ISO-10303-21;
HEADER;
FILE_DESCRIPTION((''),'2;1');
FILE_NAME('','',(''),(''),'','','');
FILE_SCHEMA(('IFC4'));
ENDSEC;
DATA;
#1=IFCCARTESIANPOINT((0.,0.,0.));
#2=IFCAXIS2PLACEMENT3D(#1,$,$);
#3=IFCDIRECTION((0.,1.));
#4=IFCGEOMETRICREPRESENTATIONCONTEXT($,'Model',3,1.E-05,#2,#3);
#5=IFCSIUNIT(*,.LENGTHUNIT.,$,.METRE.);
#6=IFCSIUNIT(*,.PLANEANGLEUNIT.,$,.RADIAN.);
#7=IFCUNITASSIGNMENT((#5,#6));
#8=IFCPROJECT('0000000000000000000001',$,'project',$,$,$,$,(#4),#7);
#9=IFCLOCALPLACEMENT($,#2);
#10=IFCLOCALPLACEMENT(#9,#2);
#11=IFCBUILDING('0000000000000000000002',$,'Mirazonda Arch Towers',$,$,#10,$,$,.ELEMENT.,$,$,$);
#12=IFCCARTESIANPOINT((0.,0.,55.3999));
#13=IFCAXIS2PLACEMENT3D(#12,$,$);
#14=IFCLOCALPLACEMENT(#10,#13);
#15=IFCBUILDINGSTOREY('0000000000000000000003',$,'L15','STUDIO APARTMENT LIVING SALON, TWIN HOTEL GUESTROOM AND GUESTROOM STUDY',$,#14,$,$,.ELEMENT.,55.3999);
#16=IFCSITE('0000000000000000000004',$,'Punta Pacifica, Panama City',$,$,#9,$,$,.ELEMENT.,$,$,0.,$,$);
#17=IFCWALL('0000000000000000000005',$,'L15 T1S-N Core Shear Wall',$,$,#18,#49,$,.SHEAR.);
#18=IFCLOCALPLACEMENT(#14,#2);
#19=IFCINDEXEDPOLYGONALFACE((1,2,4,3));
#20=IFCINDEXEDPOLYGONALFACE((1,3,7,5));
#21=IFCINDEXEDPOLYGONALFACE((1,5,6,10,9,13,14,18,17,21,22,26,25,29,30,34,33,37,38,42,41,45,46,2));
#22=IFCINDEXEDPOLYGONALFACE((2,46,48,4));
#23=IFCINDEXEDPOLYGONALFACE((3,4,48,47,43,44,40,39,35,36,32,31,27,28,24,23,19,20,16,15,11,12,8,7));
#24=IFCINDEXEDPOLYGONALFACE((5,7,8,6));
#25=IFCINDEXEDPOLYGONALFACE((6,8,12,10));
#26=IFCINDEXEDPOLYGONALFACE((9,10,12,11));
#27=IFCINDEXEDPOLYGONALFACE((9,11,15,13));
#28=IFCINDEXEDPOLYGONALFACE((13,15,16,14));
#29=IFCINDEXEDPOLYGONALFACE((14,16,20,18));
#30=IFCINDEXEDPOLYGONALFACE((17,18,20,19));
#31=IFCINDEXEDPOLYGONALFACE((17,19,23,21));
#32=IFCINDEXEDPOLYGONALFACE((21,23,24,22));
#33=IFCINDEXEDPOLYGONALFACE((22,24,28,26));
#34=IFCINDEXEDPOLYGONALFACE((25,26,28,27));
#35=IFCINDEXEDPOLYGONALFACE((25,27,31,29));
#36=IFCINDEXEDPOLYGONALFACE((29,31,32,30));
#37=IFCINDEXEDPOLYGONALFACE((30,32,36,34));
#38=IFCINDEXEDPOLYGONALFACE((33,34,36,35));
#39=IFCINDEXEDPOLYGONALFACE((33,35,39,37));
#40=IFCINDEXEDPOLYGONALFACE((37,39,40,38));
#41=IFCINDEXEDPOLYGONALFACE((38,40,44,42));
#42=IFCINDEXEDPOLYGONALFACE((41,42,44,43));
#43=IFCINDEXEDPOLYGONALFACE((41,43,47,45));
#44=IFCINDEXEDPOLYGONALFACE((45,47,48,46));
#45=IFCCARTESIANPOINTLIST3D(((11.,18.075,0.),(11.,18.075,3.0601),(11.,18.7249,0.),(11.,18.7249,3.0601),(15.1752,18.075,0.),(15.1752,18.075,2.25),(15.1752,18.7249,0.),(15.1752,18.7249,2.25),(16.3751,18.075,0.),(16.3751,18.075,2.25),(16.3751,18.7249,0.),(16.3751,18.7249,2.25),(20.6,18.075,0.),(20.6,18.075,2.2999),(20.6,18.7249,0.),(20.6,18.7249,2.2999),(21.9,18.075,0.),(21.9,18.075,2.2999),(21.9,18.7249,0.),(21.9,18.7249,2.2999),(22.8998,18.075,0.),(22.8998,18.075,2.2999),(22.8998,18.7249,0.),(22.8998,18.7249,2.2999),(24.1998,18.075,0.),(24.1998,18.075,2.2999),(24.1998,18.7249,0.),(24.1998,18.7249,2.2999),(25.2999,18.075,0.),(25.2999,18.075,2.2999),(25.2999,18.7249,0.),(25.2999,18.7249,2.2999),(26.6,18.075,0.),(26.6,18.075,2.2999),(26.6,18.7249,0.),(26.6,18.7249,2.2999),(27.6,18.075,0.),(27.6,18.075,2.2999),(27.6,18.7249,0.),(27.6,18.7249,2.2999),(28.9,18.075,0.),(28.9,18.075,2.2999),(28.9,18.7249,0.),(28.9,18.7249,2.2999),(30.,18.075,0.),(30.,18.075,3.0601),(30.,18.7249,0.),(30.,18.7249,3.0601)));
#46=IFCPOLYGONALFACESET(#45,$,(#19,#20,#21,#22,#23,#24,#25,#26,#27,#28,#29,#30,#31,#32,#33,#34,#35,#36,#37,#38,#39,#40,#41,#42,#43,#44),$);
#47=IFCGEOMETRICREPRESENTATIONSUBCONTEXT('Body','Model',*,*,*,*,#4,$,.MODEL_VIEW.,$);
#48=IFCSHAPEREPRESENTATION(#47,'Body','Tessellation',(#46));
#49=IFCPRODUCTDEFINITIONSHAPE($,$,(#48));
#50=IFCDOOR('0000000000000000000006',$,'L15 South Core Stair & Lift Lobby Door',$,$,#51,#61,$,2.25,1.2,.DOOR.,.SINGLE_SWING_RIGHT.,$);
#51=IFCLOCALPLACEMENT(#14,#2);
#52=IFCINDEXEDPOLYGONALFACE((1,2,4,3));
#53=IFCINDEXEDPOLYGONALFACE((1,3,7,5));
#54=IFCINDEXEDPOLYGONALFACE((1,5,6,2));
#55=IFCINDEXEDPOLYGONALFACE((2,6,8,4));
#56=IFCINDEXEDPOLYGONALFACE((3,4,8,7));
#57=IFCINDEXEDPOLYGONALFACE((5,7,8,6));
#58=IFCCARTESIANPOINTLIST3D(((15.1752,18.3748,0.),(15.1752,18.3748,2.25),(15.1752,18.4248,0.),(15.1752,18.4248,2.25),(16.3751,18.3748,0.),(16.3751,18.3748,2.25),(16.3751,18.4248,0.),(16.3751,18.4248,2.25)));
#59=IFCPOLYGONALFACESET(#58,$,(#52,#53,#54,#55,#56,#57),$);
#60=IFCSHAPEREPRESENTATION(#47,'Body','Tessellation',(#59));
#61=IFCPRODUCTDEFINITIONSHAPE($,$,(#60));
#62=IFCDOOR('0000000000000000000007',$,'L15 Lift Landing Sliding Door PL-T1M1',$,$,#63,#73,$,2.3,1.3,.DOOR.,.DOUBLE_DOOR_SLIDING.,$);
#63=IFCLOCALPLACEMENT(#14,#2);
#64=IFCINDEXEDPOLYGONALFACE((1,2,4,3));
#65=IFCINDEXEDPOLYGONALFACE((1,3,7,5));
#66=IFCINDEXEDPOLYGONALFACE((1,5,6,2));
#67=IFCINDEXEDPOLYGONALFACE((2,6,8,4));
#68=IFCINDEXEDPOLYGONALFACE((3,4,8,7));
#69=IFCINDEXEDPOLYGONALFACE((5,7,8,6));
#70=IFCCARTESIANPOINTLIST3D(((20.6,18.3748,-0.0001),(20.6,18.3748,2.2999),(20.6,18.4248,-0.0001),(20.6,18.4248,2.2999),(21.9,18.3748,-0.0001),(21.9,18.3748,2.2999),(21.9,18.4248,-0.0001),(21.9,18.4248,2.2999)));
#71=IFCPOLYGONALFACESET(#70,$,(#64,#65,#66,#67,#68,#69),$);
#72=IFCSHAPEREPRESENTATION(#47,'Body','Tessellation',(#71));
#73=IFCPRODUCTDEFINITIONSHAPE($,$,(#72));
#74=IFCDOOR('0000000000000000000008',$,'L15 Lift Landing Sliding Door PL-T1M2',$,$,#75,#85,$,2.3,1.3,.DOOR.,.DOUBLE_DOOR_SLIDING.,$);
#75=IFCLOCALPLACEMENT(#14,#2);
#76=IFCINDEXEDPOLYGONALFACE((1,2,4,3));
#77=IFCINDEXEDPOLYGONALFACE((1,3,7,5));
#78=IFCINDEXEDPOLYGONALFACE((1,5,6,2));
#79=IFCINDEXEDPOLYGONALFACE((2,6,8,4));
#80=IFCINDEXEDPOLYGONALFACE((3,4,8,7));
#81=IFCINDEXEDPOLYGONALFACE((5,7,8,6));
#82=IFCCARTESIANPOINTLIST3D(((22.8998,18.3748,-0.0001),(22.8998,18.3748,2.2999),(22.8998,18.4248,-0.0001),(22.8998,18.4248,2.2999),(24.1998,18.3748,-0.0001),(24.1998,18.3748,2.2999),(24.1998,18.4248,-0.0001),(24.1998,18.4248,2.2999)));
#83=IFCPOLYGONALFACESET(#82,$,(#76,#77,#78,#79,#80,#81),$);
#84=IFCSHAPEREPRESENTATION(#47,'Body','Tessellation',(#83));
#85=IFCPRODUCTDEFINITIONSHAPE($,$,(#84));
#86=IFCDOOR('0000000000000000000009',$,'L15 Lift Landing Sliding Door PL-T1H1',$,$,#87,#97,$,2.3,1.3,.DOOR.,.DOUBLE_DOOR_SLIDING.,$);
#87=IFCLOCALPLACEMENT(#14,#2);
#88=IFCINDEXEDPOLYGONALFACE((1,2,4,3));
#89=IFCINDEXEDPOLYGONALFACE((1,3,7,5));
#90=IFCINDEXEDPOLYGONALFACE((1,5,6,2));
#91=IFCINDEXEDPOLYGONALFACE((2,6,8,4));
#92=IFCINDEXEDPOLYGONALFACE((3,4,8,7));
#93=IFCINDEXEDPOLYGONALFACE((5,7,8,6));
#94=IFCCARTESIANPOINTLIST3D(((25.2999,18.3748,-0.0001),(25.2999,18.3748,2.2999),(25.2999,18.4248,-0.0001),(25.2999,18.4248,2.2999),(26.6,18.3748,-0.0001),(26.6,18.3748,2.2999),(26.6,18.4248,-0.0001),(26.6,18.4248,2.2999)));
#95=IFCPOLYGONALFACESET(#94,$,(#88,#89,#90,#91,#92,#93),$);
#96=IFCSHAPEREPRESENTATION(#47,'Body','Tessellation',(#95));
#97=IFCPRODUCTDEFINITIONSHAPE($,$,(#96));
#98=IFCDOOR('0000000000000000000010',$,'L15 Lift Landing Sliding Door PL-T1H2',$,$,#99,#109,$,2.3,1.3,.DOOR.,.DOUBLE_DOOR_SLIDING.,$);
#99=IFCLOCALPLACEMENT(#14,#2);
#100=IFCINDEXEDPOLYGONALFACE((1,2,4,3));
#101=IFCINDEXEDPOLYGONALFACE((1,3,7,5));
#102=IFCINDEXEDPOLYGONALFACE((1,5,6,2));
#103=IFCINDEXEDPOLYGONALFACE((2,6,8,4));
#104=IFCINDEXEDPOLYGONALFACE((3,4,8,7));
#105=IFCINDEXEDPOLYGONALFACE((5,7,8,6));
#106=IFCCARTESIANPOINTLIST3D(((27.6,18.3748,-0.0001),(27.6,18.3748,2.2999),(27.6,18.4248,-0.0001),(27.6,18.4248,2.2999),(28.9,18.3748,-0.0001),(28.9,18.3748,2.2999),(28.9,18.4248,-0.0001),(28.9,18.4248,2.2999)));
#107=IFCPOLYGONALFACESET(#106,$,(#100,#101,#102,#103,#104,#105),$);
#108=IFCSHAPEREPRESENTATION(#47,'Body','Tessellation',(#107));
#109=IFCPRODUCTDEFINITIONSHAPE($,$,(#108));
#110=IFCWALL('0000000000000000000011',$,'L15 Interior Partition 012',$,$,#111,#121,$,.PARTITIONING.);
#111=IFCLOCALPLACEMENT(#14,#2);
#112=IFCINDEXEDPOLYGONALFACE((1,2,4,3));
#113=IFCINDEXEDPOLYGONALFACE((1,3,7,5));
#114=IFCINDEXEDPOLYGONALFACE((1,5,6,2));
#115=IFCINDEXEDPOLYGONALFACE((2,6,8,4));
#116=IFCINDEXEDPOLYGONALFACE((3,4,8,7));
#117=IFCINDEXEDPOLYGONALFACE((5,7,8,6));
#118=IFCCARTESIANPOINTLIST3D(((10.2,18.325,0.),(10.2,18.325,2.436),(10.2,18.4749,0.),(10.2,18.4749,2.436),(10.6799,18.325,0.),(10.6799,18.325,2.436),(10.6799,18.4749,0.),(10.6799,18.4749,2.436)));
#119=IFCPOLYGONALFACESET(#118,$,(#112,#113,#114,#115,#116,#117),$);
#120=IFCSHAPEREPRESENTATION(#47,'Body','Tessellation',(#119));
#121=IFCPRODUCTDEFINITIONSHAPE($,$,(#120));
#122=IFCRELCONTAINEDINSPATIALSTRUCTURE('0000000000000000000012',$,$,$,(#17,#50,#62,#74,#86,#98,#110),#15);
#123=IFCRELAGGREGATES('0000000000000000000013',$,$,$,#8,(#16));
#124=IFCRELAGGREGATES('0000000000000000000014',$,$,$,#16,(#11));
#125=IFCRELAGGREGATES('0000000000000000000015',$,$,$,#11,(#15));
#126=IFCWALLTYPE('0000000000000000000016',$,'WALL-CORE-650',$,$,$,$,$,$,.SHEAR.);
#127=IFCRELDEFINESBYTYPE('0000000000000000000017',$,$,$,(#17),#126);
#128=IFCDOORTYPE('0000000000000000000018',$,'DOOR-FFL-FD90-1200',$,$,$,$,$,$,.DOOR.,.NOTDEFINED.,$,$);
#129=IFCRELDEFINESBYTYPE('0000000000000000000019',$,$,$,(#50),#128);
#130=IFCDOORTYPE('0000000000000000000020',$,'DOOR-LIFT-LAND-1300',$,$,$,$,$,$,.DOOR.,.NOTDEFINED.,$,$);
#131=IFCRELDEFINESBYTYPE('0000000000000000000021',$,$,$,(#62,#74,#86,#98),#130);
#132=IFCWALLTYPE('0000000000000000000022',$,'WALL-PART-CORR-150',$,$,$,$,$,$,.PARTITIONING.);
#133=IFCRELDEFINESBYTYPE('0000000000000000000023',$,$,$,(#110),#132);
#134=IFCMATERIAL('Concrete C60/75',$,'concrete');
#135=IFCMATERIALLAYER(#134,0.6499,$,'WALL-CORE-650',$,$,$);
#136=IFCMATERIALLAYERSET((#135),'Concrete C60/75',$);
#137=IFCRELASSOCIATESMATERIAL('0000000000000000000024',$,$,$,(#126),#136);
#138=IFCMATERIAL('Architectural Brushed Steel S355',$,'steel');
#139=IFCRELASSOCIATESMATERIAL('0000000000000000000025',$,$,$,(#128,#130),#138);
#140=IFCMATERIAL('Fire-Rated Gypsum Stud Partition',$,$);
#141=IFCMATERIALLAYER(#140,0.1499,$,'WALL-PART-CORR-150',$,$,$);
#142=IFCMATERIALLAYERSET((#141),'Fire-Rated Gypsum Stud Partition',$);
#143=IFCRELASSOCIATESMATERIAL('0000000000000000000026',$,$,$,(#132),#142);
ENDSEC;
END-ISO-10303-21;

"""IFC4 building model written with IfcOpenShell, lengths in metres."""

from ifc_helpers import new_model, si_unit, direction, frame, frame_2d, origin, place, context, subcontext, project, spatial, rectangle, extrude, material, layer, layer_set, type_object, element, fill, save


model = new_model("IFC4")

# Units and contexts
model_context = context("Model", 3, precision=1e-05, world=origin(), true_north=direction((0.0, 1.0)))
body_context = subcontext(model_context, "Body", "Model", "MODEL_VIEW")
ifc_project = project(units=[si_unit("LENGTHUNIT", "METRE"), si_unit("PLANEANGLEUNIT", "RADIAN")], contexts=[model_context])

# Site, building, storey
site_placement = place(None, origin())
site = spatial("IfcSite", under=ifc_project, at=site_placement, Name="Punta Pacifica, Panama City", CompositionType="ELEMENT", RefElevation=0.0)
building_placement = place(site_placement, origin())
building = spatial("IfcBuilding", under=site, at=building_placement, Name="Mirazonda Arch Towers", CompositionType="ELEMENT")
storey_placement = place(building_placement, frame((0.0, 0.0, 55.3999)))
storey = spatial("IfcBuildingStorey", under=building, at=storey_placement, Name="L15", Description="STUDIO APARTMENT LIVING SALON, TWIN HOTEL GUESTROOM AND GUESTROOM STUDY", CompositionType="ELEMENT", Elevation=55.3999)

# Shared definitions
ifc_material_1 = material(Name="Concrete C60/75", Category="concrete")

# Shared definitions
ifc_material_2 = material(Name="Architectural Brushed Steel S355", Category="steel")

# Wall, openings, doors
ifc_layer_1 = layer(ifc_material_1, 0.6499, Name="WALL-CORE-650")
ifc_layer_set_1 = layer_set([ifc_layer_1], Name="Concrete C60/75")
wall_type_1 = type_object("IfcWallType", Name="WALL-CORE-650", PredefinedType="SHEAR", material=ifc_layer_set_1)
wall_1_placement = place(storey_placement, frame((11.0, 18.3999, 0.0), z_axis=(0.0, 0.0, 1.0), x_axis=(1.0, 0.0, 0.0)))
wall_1 = element("IfcWall", 1, at=wall_1_placement, inside=storey, type_object=wall_type_1, Name="L15 T1S-N Core Shear Wall", PredefinedType="SHEAR", context=body_context, shape_type="SweptSolid", body=[
    extrude(rectangle(XDim=19.0, YDim=0.6499, at=frame_2d((9.5, 0.0))), origin(), (0.0, 0.0, 1.0), 3.0601),
])
opening_1_placement = place(wall_1_placement, frame((4.175, 0.0, 0.0)))
opening_1 = element("IfcOpeningElement", 2, at=opening_1_placement, cuts=wall_1, PredefinedType="OPENING", context=body_context, shape_type="SweptSolid", body=[
    extrude(rectangle(XDim=1.2, YDim=2.25, at=frame_2d((0.6001, 1.125))), frame((0.0, 0.335, 0.0), z_axis=(0.0, -1.0, 0.0), x_axis=(1.0, 0.0, 0.0)), (0.0, 0.0, 1.0), 0.6699),
])
opening_2_placement = place(wall_1_placement, frame((9.6001, 0.0, 0.0)))
opening_2 = element("IfcOpeningElement", 3, at=opening_2_placement, cuts=wall_1, PredefinedType="OPENING", context=body_context, shape_type="SweptSolid", body=[
    extrude(rectangle(XDim=1.3, YDim=2.3, at=frame_2d((0.6499, 1.1499))), frame((0.0, 0.335, 0.0), z_axis=(0.0, -1.0, 0.0), x_axis=(1.0, 0.0, 0.0)), (0.0, 0.0, 1.0), 0.6699),
])
opening_3_placement = place(wall_1_placement, frame((11.8999, 0.0, 0.0)))
opening_3 = element("IfcOpeningElement", 4, at=opening_3_placement, cuts=wall_1, PredefinedType="OPENING", context=body_context, shape_type="SweptSolid", body=[
    extrude(rectangle(XDim=1.3, YDim=2.3, at=frame_2d((0.6499, 1.1499))), frame((0.0, 0.335, 0.0), z_axis=(0.0, -1.0, 0.0), x_axis=(1.0, 0.0, 0.0)), (0.0, 0.0, 1.0), 0.6699),
])
opening_4_placement = place(wall_1_placement, frame((14.3, 0.0, 0.0)))
opening_4 = element("IfcOpeningElement", 5, at=opening_4_placement, cuts=wall_1, PredefinedType="OPENING", context=body_context, shape_type="SweptSolid", body=[
    extrude(rectangle(XDim=1.3, YDim=2.3, at=frame_2d((0.6499, 1.1499))), frame((0.0, 0.335, 0.0), z_axis=(0.0, -1.0, 0.0), x_axis=(1.0, 0.0, 0.0)), (0.0, 0.0, 1.0), 0.6699),
])
opening_5_placement = place(wall_1_placement, frame((16.6001, 0.0, 0.0)))
opening_5 = element("IfcOpeningElement", 6, at=opening_5_placement, cuts=wall_1, PredefinedType="OPENING", context=body_context, shape_type="SweptSolid", body=[
    extrude(rectangle(XDim=1.3, YDim=2.3, at=frame_2d((0.6499, 1.1499))), frame((0.0, 0.335, 0.0), z_axis=(0.0, -1.0, 0.0), x_axis=(1.0, 0.0, 0.0)), (0.0, 0.0, 1.0), 0.6699),
])
door_type_1 = type_object("IfcDoorType", Name="DOOR-FFL-FD90-1200", OperationType="NOTDEFINED", PredefinedType="DOOR", material=ifc_material_2)
door_1_placement = place(opening_1_placement, origin())
door_1 = element("IfcDoor", 7, at=door_1_placement, inside=storey, type_object=door_type_1, Name="L15 South Core Stair & Lift Lobby Door", OperationType="SINGLE_SWING_RIGHT", OverallHeight=2.25, OverallWidth=1.2, PredefinedType="DOOR", context=body_context, shape_type="SweptSolid", body=[
    extrude(rectangle(XDim=1.2, YDim=2.25, at=frame_2d((0.6001, 1.125))), frame((0.0, 0.0249, 0.0), z_axis=(0.0, -1.0, 0.0), x_axis=(1.0, 0.0, 0.0)), (0.0, 0.0, 1.0), 0.05),
])
fill(opening_1, door_1)
door_type_2 = type_object("IfcDoorType", Name="DOOR-LIFT-LAND-1300", OperationType="NOTDEFINED", PredefinedType="DOOR", material=ifc_material_2)
door_2_placement = place(opening_2_placement, origin())
door_2 = element("IfcDoor", 8, at=door_2_placement, inside=storey, type_object=door_type_2, Name="L15 Lift Landing Sliding Door PL-T1M1", OperationType="DOUBLE_DOOR_SLIDING", OverallHeight=2.3, OverallWidth=1.3, PredefinedType="DOOR", context=body_context, shape_type="SweptSolid", body=[
    extrude(rectangle(XDim=1.3, YDim=2.3, at=frame_2d((0.6499, 1.1499))), frame((0.0, 0.0249, 0.0), z_axis=(0.0, -1.0, 0.0), x_axis=(1.0, 0.0, 0.0)), (0.0, 0.0, 1.0), 0.05),
])
fill(opening_2, door_2)
door_3_placement = place(opening_3_placement, origin())
door_3 = element("IfcDoor", 9, at=door_3_placement, inside=storey, type_object=door_type_2, Name="L15 Lift Landing Sliding Door PL-T1M2", OperationType="DOUBLE_DOOR_SLIDING", OverallHeight=2.3, OverallWidth=1.3, PredefinedType="DOOR", context=body_context, shape_type="SweptSolid", body=[
    extrude(rectangle(XDim=1.3, YDim=2.3, at=frame_2d((0.6499, 1.1499))), frame((0.0, 0.0249, 0.0), z_axis=(0.0, -1.0, 0.0), x_axis=(1.0, 0.0, 0.0)), (0.0, 0.0, 1.0), 0.05),
])
fill(opening_3, door_3)
door_4_placement = place(opening_4_placement, origin())
door_4 = element("IfcDoor", 10, at=door_4_placement, inside=storey, type_object=door_type_2, Name="L15 Lift Landing Sliding Door PL-T1H1", OperationType="DOUBLE_DOOR_SLIDING", OverallHeight=2.3, OverallWidth=1.3, PredefinedType="DOOR", context=body_context, shape_type="SweptSolid", body=[
    extrude(rectangle(XDim=1.3, YDim=2.3, at=frame_2d((0.6499, 1.1499))), frame((0.0, 0.0249, 0.0), z_axis=(0.0, -1.0, 0.0), x_axis=(1.0, 0.0, 0.0)), (0.0, 0.0, 1.0), 0.05),
])
fill(opening_4, door_4)
door_5_placement = place(opening_5_placement, origin())
door_5 = element("IfcDoor", 11, at=door_5_placement, inside=storey, type_object=door_type_2, Name="L15 Lift Landing Sliding Door PL-T1H2", OperationType="DOUBLE_DOOR_SLIDING", OverallHeight=2.3, OverallWidth=1.3, PredefinedType="DOOR", context=body_context, shape_type="SweptSolid", body=[
    extrude(rectangle(XDim=1.3, YDim=2.3, at=frame_2d((0.6499, 1.1499))), frame((0.0, 0.0249, 0.0), z_axis=(0.0, -1.0, 0.0), x_axis=(1.0, 0.0, 0.0)), (0.0, 0.0, 1.0), 0.05),
])
fill(opening_5, door_5)

# Wall
ifc_material_3 = material(Name="Fire-Rated Gypsum Stud Partition")
ifc_layer_2 = layer(ifc_material_3, 0.1499, Name="WALL-PART-CORR-150")
ifc_layer_set_2 = layer_set([ifc_layer_2], Name="Fire-Rated Gypsum Stud Partition")
wall_type_2 = type_object("IfcWallType", Name="WALL-PART-CORR-150", PredefinedType="PARTITIONING", material=ifc_layer_set_2)
wall_2_placement = place(storey_placement, frame((10.2, 18.3999, 0.0), z_axis=(0.0, 0.0, 1.0), x_axis=(1.0, 0.0, 0.0)))
element("IfcWall", 12, at=wall_2_placement, inside=storey, type_object=wall_type_2, Name="L15 Interior Partition 012", PredefinedType="PARTITIONING", context=body_context, shape_type="SweptSolid", body=[
    extrude(rectangle(XDim=0.48, YDim=0.1499, at=frame_2d((0.24, 0.0))), origin(), (0.0, 0.0, 1.0), 2.436),
])

save(model, "model.ifc")
